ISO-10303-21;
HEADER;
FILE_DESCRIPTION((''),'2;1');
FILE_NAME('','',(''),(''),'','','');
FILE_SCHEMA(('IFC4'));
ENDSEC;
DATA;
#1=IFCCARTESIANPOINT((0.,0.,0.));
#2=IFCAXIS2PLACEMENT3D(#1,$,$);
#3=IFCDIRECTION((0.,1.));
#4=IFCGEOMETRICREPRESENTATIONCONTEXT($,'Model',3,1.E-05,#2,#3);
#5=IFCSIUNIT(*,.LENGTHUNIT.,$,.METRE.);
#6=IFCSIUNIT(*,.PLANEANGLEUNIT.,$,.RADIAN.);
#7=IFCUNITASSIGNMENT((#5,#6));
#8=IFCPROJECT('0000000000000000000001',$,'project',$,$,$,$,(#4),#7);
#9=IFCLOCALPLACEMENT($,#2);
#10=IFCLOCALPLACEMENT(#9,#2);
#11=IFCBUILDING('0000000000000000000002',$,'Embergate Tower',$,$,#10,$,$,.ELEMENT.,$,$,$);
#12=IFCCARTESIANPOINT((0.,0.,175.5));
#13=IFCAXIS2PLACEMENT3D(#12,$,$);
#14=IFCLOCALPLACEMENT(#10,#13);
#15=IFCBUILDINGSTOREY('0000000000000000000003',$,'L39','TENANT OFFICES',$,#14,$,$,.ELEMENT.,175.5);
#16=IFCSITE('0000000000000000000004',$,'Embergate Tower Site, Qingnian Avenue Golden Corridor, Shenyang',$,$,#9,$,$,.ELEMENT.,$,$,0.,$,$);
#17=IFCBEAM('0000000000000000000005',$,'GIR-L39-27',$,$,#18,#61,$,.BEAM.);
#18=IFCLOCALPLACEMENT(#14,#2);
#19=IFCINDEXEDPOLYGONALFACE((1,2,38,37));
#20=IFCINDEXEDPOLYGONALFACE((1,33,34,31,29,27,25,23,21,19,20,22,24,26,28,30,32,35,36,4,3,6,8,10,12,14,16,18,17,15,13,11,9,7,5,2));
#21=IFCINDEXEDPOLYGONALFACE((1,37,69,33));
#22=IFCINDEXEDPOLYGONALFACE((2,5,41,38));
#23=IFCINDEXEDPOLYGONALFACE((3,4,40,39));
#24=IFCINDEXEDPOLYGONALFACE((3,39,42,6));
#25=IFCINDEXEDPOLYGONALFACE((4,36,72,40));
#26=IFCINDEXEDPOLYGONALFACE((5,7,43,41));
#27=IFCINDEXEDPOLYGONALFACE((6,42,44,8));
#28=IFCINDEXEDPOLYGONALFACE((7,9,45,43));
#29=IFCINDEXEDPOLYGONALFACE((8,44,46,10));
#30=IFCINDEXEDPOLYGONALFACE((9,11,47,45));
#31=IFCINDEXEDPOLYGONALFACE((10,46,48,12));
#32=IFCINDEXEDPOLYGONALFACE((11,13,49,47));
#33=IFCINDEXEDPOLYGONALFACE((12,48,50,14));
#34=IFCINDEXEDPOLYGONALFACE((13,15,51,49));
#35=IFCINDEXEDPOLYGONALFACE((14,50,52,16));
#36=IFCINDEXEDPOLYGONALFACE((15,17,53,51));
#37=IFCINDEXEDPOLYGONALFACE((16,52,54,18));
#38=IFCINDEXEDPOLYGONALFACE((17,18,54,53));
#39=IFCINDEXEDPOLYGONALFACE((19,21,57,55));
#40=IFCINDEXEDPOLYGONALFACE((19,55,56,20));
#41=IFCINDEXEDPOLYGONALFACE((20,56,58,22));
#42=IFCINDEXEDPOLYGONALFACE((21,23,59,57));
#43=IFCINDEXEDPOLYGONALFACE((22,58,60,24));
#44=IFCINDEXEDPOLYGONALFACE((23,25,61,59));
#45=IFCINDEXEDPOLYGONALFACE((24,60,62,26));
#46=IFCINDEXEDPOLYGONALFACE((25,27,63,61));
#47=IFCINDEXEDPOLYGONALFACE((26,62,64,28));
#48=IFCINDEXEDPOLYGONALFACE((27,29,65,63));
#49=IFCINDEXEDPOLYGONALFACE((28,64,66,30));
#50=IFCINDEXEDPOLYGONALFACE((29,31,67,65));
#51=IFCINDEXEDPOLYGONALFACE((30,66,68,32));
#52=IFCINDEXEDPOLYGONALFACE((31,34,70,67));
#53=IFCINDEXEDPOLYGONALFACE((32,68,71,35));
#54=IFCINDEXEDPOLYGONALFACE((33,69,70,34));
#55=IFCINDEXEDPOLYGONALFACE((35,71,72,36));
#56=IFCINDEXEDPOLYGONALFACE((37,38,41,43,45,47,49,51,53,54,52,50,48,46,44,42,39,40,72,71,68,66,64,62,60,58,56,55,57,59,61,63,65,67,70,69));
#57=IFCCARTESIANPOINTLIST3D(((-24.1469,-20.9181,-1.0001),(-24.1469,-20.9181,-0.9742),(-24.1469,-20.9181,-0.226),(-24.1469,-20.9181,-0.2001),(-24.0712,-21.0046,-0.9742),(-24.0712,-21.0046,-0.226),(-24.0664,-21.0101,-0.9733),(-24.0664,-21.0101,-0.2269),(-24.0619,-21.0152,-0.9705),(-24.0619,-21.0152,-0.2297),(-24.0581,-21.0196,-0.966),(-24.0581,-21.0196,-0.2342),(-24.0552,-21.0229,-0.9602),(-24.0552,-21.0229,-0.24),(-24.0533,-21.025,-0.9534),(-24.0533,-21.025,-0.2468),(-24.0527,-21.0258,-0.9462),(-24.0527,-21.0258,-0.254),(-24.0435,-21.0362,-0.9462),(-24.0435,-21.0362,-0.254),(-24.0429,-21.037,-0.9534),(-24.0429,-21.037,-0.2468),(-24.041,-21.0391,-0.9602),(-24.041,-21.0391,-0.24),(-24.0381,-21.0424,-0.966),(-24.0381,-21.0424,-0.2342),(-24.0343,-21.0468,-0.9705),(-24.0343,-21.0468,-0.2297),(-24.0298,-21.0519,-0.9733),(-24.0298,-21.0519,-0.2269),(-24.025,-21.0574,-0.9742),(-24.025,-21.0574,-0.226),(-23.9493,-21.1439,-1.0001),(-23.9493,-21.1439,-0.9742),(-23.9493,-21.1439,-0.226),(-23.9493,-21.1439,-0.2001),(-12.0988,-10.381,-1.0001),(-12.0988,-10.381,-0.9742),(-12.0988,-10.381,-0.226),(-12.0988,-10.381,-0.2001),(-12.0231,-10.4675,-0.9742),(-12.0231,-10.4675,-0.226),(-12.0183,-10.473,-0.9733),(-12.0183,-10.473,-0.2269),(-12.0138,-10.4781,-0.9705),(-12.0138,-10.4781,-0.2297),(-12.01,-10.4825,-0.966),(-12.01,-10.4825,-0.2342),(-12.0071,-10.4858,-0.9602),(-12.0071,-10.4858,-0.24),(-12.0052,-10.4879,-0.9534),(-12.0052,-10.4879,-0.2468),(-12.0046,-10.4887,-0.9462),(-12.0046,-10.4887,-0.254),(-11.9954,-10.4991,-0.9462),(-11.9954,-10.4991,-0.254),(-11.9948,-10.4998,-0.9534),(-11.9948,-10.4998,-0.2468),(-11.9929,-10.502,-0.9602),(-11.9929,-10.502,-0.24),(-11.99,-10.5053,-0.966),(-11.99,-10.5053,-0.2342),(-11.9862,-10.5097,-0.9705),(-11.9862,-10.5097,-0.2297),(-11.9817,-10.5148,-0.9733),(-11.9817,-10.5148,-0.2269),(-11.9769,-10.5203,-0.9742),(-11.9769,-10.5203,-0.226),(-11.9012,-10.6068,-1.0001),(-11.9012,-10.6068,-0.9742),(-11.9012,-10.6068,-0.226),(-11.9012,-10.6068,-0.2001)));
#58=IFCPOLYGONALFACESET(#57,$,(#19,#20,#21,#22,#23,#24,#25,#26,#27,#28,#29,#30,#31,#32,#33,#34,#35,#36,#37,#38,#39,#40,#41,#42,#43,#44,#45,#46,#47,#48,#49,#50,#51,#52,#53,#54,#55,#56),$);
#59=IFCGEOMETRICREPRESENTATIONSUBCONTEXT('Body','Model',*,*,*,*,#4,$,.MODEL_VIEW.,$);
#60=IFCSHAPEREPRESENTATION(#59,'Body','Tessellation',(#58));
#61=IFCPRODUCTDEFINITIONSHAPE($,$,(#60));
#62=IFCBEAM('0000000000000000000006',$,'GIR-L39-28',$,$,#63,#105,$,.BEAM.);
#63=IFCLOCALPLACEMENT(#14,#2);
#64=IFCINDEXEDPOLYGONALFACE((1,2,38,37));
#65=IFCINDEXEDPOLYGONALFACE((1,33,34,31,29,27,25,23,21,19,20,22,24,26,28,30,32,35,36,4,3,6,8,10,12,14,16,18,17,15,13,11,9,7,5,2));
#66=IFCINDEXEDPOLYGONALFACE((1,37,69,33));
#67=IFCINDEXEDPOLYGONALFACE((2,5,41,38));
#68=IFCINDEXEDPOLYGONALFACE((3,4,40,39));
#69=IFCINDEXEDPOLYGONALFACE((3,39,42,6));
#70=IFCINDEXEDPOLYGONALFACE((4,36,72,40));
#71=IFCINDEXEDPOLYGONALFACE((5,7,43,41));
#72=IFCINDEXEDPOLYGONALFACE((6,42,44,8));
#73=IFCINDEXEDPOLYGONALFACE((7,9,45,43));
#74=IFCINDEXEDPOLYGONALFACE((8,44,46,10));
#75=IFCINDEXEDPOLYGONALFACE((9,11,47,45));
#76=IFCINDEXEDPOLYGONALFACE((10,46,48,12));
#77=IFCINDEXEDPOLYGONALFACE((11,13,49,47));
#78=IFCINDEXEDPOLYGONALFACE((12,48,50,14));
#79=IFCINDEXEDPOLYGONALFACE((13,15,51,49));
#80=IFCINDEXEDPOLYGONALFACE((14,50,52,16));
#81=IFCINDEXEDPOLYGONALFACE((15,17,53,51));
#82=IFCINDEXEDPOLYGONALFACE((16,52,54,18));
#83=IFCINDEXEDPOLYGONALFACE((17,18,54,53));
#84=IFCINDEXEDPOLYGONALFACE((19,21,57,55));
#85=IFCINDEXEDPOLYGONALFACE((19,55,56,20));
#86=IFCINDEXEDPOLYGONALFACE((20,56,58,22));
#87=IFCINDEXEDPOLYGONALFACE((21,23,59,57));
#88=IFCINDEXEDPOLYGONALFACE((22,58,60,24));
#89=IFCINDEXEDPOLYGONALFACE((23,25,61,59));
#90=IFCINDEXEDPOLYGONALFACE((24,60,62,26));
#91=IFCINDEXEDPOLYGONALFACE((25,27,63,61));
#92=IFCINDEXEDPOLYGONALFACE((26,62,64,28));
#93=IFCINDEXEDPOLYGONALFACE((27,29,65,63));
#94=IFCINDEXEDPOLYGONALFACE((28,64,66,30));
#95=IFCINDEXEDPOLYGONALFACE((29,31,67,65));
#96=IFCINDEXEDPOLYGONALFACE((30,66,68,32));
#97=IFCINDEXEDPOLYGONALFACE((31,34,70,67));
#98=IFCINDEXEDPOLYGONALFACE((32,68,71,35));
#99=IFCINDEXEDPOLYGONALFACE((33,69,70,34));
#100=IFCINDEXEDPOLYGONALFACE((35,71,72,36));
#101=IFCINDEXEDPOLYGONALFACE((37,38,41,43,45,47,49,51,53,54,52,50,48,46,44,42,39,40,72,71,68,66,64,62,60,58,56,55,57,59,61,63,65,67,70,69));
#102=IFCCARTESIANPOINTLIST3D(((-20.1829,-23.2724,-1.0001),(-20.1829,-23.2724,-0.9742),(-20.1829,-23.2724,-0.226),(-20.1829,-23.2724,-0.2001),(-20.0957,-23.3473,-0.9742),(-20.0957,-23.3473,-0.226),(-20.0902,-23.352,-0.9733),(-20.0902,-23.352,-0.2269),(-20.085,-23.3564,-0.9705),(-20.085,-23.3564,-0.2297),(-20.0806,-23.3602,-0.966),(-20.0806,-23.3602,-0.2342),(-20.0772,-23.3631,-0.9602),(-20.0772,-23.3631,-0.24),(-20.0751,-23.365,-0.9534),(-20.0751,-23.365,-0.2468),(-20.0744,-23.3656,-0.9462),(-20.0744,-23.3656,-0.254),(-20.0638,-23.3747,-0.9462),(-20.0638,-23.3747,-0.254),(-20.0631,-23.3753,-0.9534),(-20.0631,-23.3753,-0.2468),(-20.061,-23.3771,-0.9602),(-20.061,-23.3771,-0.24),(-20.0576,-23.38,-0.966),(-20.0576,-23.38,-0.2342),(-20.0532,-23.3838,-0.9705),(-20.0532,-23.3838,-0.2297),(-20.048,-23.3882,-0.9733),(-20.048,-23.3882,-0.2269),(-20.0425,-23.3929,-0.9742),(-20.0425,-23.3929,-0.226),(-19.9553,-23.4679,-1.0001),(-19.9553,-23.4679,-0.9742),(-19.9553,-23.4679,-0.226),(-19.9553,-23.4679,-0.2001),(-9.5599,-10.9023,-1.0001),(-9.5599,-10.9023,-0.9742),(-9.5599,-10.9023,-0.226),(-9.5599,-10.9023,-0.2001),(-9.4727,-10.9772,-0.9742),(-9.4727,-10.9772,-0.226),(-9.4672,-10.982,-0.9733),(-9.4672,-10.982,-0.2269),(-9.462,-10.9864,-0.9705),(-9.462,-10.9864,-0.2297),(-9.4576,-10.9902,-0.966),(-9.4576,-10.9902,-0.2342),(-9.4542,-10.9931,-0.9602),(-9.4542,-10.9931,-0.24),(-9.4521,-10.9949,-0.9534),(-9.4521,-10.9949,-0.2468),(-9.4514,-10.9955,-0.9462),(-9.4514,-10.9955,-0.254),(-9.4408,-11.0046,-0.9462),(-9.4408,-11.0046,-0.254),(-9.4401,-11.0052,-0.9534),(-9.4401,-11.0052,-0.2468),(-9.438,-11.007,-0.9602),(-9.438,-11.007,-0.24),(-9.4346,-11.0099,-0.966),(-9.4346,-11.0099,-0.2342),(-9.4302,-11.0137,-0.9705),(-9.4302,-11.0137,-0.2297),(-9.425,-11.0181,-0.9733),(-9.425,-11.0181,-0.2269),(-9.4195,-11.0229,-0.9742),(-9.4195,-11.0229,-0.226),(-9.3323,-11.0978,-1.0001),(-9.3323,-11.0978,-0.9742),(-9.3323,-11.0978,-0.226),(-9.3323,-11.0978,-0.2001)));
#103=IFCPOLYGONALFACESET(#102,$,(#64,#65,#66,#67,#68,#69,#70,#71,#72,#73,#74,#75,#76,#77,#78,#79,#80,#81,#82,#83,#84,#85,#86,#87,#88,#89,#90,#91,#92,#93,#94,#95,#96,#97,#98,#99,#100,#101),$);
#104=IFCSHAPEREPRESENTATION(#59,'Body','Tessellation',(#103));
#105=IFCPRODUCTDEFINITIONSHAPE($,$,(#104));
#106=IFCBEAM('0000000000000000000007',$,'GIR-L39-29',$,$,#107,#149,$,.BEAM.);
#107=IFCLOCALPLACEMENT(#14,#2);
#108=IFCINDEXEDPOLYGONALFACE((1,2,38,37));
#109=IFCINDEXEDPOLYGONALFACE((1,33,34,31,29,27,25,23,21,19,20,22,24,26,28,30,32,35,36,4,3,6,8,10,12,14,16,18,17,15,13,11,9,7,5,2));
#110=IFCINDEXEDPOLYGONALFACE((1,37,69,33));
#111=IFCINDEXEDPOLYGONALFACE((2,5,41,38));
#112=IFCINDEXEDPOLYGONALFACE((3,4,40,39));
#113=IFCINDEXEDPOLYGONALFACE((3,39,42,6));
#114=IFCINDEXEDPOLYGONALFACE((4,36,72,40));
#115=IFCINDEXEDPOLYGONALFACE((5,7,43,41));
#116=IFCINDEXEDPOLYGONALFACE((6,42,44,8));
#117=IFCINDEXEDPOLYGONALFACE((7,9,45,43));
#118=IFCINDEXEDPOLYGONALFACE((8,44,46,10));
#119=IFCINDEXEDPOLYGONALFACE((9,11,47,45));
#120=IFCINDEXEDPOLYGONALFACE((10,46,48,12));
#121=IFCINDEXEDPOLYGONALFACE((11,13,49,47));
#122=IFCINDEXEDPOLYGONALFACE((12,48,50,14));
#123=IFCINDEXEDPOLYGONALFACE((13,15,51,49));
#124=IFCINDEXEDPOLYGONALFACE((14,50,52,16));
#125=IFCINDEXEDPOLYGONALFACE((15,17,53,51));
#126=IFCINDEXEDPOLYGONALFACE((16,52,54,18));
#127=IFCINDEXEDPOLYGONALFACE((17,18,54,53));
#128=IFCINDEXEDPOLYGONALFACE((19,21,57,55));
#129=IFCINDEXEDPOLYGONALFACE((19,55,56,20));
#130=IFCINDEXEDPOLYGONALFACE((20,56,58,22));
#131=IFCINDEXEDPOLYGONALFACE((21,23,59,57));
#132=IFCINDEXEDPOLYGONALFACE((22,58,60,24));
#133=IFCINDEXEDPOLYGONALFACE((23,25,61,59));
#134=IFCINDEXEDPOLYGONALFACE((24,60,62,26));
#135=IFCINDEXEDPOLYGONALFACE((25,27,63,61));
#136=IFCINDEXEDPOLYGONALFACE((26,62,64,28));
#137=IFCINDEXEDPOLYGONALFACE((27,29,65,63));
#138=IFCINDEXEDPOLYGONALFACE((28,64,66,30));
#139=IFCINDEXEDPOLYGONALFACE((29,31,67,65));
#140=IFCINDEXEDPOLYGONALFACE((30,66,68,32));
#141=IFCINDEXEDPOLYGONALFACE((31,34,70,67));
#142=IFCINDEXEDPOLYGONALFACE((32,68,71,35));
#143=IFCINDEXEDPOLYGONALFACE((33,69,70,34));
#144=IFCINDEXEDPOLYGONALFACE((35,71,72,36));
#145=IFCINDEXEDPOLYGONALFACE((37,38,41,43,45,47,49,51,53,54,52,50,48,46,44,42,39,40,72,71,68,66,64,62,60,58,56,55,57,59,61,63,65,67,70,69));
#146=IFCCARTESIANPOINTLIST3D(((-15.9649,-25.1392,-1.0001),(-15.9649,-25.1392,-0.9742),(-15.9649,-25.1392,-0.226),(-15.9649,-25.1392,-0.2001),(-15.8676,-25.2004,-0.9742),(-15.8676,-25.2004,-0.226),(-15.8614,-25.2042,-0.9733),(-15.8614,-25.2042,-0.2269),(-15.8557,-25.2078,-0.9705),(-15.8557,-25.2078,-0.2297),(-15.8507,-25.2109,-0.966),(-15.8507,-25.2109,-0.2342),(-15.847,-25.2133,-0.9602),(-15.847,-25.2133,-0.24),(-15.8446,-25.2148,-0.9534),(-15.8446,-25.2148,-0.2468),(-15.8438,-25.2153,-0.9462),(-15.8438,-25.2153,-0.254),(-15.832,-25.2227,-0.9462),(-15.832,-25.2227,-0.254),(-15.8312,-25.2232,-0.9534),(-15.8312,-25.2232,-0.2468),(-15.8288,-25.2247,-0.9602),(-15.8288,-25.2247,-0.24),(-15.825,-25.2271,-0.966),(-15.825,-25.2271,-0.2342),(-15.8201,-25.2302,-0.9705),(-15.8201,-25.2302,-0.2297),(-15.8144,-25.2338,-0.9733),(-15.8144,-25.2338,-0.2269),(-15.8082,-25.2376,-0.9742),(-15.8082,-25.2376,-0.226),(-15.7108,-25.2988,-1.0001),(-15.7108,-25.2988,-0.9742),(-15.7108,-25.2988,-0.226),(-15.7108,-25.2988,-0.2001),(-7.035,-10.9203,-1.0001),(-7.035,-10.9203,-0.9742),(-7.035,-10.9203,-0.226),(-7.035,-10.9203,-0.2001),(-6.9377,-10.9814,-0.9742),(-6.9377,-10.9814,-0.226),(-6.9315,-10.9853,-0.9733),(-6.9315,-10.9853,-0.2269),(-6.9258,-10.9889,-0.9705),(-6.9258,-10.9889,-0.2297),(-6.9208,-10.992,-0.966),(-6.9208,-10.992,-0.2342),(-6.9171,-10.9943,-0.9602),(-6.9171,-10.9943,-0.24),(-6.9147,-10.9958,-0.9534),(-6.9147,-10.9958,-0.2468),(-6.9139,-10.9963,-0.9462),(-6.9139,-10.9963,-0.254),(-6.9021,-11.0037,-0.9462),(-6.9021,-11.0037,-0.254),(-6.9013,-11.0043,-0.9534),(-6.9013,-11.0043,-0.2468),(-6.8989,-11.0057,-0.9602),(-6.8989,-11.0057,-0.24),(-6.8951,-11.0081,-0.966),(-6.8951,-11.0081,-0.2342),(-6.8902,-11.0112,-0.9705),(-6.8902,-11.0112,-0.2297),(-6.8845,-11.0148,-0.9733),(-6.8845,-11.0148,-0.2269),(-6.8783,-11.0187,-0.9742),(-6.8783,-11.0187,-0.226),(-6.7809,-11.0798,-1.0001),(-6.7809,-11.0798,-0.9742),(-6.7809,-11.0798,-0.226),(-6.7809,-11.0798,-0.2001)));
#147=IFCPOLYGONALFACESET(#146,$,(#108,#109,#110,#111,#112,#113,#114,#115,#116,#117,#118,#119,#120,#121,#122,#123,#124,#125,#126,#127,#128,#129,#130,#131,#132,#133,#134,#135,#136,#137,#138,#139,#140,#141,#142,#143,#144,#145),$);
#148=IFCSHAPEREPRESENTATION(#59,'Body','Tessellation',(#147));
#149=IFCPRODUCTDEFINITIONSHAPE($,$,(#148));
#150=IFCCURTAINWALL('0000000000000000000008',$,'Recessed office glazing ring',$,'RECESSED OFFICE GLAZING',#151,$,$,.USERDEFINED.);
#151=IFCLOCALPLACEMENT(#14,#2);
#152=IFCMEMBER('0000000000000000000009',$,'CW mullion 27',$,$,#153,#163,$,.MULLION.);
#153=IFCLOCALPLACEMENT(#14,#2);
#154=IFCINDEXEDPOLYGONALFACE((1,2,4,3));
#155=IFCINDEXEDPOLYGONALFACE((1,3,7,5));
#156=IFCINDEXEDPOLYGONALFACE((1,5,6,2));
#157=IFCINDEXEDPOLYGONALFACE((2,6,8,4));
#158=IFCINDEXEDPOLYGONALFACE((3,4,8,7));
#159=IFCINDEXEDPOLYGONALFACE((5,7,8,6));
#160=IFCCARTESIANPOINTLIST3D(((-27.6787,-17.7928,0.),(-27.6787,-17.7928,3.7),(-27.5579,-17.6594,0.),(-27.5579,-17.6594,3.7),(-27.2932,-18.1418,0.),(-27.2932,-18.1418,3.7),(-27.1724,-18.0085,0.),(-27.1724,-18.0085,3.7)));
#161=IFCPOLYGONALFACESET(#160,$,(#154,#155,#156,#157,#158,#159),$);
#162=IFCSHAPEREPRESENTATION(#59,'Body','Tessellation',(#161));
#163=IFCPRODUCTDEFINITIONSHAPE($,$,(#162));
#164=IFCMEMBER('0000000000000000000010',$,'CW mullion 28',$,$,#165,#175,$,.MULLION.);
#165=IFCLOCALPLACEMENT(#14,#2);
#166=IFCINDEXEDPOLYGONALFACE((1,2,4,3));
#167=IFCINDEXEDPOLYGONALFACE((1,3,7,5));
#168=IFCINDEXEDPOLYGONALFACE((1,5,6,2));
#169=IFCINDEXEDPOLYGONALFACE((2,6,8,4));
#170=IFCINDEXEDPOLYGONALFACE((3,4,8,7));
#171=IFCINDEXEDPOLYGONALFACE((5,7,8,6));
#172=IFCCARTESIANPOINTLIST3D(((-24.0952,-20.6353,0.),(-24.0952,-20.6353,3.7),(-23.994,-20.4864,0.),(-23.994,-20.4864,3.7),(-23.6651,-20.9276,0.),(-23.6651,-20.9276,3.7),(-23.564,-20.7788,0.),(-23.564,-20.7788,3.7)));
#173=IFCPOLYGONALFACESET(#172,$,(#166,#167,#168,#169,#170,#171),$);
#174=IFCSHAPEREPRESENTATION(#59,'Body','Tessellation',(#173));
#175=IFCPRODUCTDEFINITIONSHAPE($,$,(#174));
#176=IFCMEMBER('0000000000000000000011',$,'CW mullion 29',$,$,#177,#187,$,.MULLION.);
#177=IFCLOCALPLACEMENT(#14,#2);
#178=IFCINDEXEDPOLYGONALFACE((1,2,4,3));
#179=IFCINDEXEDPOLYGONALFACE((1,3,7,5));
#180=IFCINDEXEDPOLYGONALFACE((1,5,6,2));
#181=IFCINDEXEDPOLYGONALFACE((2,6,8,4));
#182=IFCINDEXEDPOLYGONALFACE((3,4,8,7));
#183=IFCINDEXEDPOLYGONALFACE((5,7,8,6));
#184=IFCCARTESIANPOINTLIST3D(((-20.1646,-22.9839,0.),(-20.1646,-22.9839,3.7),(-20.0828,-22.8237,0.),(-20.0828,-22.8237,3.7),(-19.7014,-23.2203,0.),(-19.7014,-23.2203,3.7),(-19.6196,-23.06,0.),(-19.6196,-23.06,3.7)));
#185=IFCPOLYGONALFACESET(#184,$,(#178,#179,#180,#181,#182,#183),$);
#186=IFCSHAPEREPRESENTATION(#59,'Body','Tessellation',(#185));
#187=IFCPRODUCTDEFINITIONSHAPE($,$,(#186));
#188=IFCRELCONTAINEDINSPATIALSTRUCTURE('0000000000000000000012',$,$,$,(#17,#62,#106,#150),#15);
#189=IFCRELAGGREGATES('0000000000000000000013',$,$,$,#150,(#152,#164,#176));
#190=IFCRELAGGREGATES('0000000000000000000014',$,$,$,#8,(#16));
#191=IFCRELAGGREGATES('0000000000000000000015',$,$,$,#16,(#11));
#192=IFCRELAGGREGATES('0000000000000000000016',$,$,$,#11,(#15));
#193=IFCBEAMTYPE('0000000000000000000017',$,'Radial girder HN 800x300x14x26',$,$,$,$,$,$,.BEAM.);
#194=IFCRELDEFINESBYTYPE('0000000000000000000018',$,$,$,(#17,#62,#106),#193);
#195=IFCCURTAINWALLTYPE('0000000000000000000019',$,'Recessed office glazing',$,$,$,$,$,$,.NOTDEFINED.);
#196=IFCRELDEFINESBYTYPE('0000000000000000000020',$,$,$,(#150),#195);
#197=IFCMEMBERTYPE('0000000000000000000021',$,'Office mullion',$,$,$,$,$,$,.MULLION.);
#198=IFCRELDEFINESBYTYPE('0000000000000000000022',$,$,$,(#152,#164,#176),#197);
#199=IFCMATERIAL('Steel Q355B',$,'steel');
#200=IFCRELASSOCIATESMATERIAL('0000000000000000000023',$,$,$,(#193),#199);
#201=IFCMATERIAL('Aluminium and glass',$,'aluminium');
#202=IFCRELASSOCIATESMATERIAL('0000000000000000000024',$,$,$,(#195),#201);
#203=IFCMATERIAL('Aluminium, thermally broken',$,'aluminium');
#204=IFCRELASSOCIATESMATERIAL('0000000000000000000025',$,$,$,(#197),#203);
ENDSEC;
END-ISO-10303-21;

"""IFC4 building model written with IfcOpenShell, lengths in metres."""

from ifc_helpers import new_model, si_unit, direction, frame, origin, origin_2d, place, context, subcontext, project, spatial, rectangle, i_section, extrude, source, transform, mapped, material, material_profile, profile_set, type_object, element, aggregate, save


model = new_model("IFC4")

# Units and contexts
model_context = context("Model", 3, precision=1e-05, world=origin(), true_north=direction((0.0, 1.0)))
body_context = subcontext(model_context, "Body", "Model", "MODEL_VIEW")
ifc_project = project(units=[si_unit("LENGTHUNIT", "METRE"), si_unit("PLANEANGLEUNIT", "RADIAN")], contexts=[model_context])

# Site, building, storey
site_placement = place(None, origin())
site = spatial("IfcSite", under=ifc_project, at=site_placement, Name="Embergate Tower Site, Qingnian Avenue Golden Corridor, Shenyang", CompositionType="ELEMENT", RefElevation=0.0)
building_placement = place(site_placement, origin())
building = spatial("IfcBuilding", under=site, at=building_placement, Name="Embergate Tower", CompositionType="ELEMENT")
storey_placement = place(building_placement, frame((0.0, 0.0, 175.5)))
storey = spatial("IfcBuildingStorey", under=building, at=storey_placement, Name="L39", Description="TENANT OFFICES", CompositionType="ELEMENT", Elevation=175.5)

# Beams
ifc_material_1 = material(Name="Steel Q355B", Category="steel")
ifc_material_profile_1 = material_profile(ifc_material_1, i_section(OverallWidth=0.3, OverallDepth=0.8, WebThickness=0.0139, FlangeThickness=0.0259, FilletRadius=0.0281, at=origin_2d()), Name="HN 800x300x14x26")
ifc_profile_set_1 = profile_set([ifc_material_profile_1], Name="Steel Q355 grade B")
beam_type_1 = type_object("IfcBeamType", Name="Radial girder HN 800x300x14x26", PredefinedType="BEAM", material=ifc_profile_set_1)
shared_shape_1 = source(origin(), body_context, "Body", "SweptSolid", [
    extrude(i_section(OverallWidth=0.3, OverallDepth=0.8, WebThickness=0.0139, FlangeThickness=0.0259, FilletRadius=0.0281, at=origin_2d()), origin(), (0.0, 0.0, 1.0), 16.0059),
])
beam_1_placement = place(storey_placement, frame((-24.0481, -21.031, -0.6001), z_axis=(0.752731, 0.658329, 0.0), x_axis=(-0.658329, 0.752731, 0.0)))
element("IfcBeam", 1, at=beam_1_placement, inside=storey, type_object=beam_type_1, Name="GIR-L39-27", PredefinedType="BEAM", context=body_context, shape_type="MappedRepresentation", body=[
    mapped(shared_shape_1, transform((0.0, 0.0, 0.0))),
])
shared_shape_2 = source(origin(), body_context, "Body", "SweptSolid", [
    extrude(i_section(OverallWidth=0.3, OverallDepth=0.8, WebThickness=0.0139, FlangeThickness=0.0259, FilletRadius=0.0281, at=origin_2d()), origin(), (0.0, 0.0, 1.0), 16.3054),
])
beam_2_placement = place(storey_placement, frame((-20.0691, -23.3701, -0.6001), z_axis=(0.651501, 0.758647, 0.0), x_axis=(-0.758647, 0.651501, 0.0)))
element("IfcBeam", 2, at=beam_2_placement, inside=storey, type_object=beam_type_1, Name="GIR-L39-28", PredefinedType="BEAM", context=body_context, shape_type="MappedRepresentation", body=[
    mapped(shared_shape_2, transform((0.0, 0.0, 0.0))),
])
shared_shape_3 = source(origin(), body_context, "Body", "SweptSolid", [
    extrude(i_section(OverallWidth=0.3, OverallDepth=0.8, WebThickness=0.0139, FlangeThickness=0.0259, FilletRadius=0.0281, at=origin_2d()), origin(), (0.0, 0.0, 1.0), 16.7905),
])
beam_3_placement = place(storey_placement, frame((-15.8379, -25.219, -0.6001), z_axis=(0.531842, 0.846844, 0.0), x_axis=(-0.846844, 0.531842, 0.0)))
element("IfcBeam", 3, at=beam_3_placement, inside=storey, type_object=beam_type_1, Name="GIR-L39-29", PredefinedType="BEAM", context=body_context, shape_type="MappedRepresentation", body=[
    mapped(shared_shape_3, transform((0.0, 0.0, 0.0))),
])

# Curtain wall, members
ifc_material_2 = material(Name="Aluminium and glass", Category="aluminium")
curtain_wall_type = type_object("IfcCurtainWallType", Name="Recessed office glazing", PredefinedType="NOTDEFINED", material=ifc_material_2)
curtain_wall_placement = place(storey_placement, origin())
curtain_wall = element("IfcCurtainWall", 4, at=curtain_wall_placement, inside=storey, type_object=curtain_wall_type, Name="Recessed office glazing ring", ObjectType="RECESSED OFFICE GLAZING", PredefinedType="USERDEFINED")
ifc_material_3 = material(Name="Aluminium, thermally broken", Category="aluminium")
ifc_material_profile_2 = material_profile(ifc_material_3, rectangle(XDim=0.1799, YDim=0.52, at=origin_2d()), Name="AL 520x180")
ifc_profile_set_2 = profile_set([ifc_material_profile_2], Name="Aluminium, thermally broken")
member_type_1 = type_object("IfcMemberType", Name="Office mullion", PredefinedType="MULLION", material=ifc_profile_set_2)
shared_shape_4 = source(origin(), body_context, "Body", "SweptSolid", [
    extrude(rectangle(XDim=0.1799, YDim=0.52, at=origin_2d()), origin(), (0.0, 0.0, 1.0), 3.7),
])
member_1_placement = place(storey_placement, frame((-27.4255, -17.9006, 0.0), z_axis=(0.0, 0.0, 1.0), x_axis=(0.671221, 0.741257, 0.0)))
member_1 = element("IfcMember", 5, at=member_1_placement, type_object=member_type_1, Name="CW mullion 27", PredefinedType="MULLION", context=body_context, shape_type="MappedRepresentation", body=[
    mapped(shared_shape_4, transform((0.0, 0.0, 0.0))),
])
member_2_placement = place(storey_placement, frame((-23.8296, -20.707, 0.0), z_axis=(0.0, 0.0, 1.0), x_axis=(0.56221, 0.826994, 0.0)))
member_2 = element("IfcMember", 6, at=member_2_placement, type_object=member_type_1, Name="CW mullion 28", PredefinedType="MULLION", context=body_context, shape_type="MappedRepresentation", body=[
    mapped(shared_shape_4, transform((0.0, 0.0, 0.0))),
])
member_3_placement = place(storey_placement, frame((-19.8921, -23.022, 0.0), z_axis=(0.0, 0.0, 1.0), x_axis=(0.454505, 0.890744, 0.0)))
member_3 = element("IfcMember", 7, at=member_3_placement, type_object=member_type_1, Name="CW mullion 29", PredefinedType="MULLION", context=body_context, shape_type="MappedRepresentation", body=[
    mapped(shared_shape_4, transform((0.0, 0.0, 0.0))),
])
aggregate(curtain_wall, [member_1, member_2, member_3])

save(model, "model.ifc")
